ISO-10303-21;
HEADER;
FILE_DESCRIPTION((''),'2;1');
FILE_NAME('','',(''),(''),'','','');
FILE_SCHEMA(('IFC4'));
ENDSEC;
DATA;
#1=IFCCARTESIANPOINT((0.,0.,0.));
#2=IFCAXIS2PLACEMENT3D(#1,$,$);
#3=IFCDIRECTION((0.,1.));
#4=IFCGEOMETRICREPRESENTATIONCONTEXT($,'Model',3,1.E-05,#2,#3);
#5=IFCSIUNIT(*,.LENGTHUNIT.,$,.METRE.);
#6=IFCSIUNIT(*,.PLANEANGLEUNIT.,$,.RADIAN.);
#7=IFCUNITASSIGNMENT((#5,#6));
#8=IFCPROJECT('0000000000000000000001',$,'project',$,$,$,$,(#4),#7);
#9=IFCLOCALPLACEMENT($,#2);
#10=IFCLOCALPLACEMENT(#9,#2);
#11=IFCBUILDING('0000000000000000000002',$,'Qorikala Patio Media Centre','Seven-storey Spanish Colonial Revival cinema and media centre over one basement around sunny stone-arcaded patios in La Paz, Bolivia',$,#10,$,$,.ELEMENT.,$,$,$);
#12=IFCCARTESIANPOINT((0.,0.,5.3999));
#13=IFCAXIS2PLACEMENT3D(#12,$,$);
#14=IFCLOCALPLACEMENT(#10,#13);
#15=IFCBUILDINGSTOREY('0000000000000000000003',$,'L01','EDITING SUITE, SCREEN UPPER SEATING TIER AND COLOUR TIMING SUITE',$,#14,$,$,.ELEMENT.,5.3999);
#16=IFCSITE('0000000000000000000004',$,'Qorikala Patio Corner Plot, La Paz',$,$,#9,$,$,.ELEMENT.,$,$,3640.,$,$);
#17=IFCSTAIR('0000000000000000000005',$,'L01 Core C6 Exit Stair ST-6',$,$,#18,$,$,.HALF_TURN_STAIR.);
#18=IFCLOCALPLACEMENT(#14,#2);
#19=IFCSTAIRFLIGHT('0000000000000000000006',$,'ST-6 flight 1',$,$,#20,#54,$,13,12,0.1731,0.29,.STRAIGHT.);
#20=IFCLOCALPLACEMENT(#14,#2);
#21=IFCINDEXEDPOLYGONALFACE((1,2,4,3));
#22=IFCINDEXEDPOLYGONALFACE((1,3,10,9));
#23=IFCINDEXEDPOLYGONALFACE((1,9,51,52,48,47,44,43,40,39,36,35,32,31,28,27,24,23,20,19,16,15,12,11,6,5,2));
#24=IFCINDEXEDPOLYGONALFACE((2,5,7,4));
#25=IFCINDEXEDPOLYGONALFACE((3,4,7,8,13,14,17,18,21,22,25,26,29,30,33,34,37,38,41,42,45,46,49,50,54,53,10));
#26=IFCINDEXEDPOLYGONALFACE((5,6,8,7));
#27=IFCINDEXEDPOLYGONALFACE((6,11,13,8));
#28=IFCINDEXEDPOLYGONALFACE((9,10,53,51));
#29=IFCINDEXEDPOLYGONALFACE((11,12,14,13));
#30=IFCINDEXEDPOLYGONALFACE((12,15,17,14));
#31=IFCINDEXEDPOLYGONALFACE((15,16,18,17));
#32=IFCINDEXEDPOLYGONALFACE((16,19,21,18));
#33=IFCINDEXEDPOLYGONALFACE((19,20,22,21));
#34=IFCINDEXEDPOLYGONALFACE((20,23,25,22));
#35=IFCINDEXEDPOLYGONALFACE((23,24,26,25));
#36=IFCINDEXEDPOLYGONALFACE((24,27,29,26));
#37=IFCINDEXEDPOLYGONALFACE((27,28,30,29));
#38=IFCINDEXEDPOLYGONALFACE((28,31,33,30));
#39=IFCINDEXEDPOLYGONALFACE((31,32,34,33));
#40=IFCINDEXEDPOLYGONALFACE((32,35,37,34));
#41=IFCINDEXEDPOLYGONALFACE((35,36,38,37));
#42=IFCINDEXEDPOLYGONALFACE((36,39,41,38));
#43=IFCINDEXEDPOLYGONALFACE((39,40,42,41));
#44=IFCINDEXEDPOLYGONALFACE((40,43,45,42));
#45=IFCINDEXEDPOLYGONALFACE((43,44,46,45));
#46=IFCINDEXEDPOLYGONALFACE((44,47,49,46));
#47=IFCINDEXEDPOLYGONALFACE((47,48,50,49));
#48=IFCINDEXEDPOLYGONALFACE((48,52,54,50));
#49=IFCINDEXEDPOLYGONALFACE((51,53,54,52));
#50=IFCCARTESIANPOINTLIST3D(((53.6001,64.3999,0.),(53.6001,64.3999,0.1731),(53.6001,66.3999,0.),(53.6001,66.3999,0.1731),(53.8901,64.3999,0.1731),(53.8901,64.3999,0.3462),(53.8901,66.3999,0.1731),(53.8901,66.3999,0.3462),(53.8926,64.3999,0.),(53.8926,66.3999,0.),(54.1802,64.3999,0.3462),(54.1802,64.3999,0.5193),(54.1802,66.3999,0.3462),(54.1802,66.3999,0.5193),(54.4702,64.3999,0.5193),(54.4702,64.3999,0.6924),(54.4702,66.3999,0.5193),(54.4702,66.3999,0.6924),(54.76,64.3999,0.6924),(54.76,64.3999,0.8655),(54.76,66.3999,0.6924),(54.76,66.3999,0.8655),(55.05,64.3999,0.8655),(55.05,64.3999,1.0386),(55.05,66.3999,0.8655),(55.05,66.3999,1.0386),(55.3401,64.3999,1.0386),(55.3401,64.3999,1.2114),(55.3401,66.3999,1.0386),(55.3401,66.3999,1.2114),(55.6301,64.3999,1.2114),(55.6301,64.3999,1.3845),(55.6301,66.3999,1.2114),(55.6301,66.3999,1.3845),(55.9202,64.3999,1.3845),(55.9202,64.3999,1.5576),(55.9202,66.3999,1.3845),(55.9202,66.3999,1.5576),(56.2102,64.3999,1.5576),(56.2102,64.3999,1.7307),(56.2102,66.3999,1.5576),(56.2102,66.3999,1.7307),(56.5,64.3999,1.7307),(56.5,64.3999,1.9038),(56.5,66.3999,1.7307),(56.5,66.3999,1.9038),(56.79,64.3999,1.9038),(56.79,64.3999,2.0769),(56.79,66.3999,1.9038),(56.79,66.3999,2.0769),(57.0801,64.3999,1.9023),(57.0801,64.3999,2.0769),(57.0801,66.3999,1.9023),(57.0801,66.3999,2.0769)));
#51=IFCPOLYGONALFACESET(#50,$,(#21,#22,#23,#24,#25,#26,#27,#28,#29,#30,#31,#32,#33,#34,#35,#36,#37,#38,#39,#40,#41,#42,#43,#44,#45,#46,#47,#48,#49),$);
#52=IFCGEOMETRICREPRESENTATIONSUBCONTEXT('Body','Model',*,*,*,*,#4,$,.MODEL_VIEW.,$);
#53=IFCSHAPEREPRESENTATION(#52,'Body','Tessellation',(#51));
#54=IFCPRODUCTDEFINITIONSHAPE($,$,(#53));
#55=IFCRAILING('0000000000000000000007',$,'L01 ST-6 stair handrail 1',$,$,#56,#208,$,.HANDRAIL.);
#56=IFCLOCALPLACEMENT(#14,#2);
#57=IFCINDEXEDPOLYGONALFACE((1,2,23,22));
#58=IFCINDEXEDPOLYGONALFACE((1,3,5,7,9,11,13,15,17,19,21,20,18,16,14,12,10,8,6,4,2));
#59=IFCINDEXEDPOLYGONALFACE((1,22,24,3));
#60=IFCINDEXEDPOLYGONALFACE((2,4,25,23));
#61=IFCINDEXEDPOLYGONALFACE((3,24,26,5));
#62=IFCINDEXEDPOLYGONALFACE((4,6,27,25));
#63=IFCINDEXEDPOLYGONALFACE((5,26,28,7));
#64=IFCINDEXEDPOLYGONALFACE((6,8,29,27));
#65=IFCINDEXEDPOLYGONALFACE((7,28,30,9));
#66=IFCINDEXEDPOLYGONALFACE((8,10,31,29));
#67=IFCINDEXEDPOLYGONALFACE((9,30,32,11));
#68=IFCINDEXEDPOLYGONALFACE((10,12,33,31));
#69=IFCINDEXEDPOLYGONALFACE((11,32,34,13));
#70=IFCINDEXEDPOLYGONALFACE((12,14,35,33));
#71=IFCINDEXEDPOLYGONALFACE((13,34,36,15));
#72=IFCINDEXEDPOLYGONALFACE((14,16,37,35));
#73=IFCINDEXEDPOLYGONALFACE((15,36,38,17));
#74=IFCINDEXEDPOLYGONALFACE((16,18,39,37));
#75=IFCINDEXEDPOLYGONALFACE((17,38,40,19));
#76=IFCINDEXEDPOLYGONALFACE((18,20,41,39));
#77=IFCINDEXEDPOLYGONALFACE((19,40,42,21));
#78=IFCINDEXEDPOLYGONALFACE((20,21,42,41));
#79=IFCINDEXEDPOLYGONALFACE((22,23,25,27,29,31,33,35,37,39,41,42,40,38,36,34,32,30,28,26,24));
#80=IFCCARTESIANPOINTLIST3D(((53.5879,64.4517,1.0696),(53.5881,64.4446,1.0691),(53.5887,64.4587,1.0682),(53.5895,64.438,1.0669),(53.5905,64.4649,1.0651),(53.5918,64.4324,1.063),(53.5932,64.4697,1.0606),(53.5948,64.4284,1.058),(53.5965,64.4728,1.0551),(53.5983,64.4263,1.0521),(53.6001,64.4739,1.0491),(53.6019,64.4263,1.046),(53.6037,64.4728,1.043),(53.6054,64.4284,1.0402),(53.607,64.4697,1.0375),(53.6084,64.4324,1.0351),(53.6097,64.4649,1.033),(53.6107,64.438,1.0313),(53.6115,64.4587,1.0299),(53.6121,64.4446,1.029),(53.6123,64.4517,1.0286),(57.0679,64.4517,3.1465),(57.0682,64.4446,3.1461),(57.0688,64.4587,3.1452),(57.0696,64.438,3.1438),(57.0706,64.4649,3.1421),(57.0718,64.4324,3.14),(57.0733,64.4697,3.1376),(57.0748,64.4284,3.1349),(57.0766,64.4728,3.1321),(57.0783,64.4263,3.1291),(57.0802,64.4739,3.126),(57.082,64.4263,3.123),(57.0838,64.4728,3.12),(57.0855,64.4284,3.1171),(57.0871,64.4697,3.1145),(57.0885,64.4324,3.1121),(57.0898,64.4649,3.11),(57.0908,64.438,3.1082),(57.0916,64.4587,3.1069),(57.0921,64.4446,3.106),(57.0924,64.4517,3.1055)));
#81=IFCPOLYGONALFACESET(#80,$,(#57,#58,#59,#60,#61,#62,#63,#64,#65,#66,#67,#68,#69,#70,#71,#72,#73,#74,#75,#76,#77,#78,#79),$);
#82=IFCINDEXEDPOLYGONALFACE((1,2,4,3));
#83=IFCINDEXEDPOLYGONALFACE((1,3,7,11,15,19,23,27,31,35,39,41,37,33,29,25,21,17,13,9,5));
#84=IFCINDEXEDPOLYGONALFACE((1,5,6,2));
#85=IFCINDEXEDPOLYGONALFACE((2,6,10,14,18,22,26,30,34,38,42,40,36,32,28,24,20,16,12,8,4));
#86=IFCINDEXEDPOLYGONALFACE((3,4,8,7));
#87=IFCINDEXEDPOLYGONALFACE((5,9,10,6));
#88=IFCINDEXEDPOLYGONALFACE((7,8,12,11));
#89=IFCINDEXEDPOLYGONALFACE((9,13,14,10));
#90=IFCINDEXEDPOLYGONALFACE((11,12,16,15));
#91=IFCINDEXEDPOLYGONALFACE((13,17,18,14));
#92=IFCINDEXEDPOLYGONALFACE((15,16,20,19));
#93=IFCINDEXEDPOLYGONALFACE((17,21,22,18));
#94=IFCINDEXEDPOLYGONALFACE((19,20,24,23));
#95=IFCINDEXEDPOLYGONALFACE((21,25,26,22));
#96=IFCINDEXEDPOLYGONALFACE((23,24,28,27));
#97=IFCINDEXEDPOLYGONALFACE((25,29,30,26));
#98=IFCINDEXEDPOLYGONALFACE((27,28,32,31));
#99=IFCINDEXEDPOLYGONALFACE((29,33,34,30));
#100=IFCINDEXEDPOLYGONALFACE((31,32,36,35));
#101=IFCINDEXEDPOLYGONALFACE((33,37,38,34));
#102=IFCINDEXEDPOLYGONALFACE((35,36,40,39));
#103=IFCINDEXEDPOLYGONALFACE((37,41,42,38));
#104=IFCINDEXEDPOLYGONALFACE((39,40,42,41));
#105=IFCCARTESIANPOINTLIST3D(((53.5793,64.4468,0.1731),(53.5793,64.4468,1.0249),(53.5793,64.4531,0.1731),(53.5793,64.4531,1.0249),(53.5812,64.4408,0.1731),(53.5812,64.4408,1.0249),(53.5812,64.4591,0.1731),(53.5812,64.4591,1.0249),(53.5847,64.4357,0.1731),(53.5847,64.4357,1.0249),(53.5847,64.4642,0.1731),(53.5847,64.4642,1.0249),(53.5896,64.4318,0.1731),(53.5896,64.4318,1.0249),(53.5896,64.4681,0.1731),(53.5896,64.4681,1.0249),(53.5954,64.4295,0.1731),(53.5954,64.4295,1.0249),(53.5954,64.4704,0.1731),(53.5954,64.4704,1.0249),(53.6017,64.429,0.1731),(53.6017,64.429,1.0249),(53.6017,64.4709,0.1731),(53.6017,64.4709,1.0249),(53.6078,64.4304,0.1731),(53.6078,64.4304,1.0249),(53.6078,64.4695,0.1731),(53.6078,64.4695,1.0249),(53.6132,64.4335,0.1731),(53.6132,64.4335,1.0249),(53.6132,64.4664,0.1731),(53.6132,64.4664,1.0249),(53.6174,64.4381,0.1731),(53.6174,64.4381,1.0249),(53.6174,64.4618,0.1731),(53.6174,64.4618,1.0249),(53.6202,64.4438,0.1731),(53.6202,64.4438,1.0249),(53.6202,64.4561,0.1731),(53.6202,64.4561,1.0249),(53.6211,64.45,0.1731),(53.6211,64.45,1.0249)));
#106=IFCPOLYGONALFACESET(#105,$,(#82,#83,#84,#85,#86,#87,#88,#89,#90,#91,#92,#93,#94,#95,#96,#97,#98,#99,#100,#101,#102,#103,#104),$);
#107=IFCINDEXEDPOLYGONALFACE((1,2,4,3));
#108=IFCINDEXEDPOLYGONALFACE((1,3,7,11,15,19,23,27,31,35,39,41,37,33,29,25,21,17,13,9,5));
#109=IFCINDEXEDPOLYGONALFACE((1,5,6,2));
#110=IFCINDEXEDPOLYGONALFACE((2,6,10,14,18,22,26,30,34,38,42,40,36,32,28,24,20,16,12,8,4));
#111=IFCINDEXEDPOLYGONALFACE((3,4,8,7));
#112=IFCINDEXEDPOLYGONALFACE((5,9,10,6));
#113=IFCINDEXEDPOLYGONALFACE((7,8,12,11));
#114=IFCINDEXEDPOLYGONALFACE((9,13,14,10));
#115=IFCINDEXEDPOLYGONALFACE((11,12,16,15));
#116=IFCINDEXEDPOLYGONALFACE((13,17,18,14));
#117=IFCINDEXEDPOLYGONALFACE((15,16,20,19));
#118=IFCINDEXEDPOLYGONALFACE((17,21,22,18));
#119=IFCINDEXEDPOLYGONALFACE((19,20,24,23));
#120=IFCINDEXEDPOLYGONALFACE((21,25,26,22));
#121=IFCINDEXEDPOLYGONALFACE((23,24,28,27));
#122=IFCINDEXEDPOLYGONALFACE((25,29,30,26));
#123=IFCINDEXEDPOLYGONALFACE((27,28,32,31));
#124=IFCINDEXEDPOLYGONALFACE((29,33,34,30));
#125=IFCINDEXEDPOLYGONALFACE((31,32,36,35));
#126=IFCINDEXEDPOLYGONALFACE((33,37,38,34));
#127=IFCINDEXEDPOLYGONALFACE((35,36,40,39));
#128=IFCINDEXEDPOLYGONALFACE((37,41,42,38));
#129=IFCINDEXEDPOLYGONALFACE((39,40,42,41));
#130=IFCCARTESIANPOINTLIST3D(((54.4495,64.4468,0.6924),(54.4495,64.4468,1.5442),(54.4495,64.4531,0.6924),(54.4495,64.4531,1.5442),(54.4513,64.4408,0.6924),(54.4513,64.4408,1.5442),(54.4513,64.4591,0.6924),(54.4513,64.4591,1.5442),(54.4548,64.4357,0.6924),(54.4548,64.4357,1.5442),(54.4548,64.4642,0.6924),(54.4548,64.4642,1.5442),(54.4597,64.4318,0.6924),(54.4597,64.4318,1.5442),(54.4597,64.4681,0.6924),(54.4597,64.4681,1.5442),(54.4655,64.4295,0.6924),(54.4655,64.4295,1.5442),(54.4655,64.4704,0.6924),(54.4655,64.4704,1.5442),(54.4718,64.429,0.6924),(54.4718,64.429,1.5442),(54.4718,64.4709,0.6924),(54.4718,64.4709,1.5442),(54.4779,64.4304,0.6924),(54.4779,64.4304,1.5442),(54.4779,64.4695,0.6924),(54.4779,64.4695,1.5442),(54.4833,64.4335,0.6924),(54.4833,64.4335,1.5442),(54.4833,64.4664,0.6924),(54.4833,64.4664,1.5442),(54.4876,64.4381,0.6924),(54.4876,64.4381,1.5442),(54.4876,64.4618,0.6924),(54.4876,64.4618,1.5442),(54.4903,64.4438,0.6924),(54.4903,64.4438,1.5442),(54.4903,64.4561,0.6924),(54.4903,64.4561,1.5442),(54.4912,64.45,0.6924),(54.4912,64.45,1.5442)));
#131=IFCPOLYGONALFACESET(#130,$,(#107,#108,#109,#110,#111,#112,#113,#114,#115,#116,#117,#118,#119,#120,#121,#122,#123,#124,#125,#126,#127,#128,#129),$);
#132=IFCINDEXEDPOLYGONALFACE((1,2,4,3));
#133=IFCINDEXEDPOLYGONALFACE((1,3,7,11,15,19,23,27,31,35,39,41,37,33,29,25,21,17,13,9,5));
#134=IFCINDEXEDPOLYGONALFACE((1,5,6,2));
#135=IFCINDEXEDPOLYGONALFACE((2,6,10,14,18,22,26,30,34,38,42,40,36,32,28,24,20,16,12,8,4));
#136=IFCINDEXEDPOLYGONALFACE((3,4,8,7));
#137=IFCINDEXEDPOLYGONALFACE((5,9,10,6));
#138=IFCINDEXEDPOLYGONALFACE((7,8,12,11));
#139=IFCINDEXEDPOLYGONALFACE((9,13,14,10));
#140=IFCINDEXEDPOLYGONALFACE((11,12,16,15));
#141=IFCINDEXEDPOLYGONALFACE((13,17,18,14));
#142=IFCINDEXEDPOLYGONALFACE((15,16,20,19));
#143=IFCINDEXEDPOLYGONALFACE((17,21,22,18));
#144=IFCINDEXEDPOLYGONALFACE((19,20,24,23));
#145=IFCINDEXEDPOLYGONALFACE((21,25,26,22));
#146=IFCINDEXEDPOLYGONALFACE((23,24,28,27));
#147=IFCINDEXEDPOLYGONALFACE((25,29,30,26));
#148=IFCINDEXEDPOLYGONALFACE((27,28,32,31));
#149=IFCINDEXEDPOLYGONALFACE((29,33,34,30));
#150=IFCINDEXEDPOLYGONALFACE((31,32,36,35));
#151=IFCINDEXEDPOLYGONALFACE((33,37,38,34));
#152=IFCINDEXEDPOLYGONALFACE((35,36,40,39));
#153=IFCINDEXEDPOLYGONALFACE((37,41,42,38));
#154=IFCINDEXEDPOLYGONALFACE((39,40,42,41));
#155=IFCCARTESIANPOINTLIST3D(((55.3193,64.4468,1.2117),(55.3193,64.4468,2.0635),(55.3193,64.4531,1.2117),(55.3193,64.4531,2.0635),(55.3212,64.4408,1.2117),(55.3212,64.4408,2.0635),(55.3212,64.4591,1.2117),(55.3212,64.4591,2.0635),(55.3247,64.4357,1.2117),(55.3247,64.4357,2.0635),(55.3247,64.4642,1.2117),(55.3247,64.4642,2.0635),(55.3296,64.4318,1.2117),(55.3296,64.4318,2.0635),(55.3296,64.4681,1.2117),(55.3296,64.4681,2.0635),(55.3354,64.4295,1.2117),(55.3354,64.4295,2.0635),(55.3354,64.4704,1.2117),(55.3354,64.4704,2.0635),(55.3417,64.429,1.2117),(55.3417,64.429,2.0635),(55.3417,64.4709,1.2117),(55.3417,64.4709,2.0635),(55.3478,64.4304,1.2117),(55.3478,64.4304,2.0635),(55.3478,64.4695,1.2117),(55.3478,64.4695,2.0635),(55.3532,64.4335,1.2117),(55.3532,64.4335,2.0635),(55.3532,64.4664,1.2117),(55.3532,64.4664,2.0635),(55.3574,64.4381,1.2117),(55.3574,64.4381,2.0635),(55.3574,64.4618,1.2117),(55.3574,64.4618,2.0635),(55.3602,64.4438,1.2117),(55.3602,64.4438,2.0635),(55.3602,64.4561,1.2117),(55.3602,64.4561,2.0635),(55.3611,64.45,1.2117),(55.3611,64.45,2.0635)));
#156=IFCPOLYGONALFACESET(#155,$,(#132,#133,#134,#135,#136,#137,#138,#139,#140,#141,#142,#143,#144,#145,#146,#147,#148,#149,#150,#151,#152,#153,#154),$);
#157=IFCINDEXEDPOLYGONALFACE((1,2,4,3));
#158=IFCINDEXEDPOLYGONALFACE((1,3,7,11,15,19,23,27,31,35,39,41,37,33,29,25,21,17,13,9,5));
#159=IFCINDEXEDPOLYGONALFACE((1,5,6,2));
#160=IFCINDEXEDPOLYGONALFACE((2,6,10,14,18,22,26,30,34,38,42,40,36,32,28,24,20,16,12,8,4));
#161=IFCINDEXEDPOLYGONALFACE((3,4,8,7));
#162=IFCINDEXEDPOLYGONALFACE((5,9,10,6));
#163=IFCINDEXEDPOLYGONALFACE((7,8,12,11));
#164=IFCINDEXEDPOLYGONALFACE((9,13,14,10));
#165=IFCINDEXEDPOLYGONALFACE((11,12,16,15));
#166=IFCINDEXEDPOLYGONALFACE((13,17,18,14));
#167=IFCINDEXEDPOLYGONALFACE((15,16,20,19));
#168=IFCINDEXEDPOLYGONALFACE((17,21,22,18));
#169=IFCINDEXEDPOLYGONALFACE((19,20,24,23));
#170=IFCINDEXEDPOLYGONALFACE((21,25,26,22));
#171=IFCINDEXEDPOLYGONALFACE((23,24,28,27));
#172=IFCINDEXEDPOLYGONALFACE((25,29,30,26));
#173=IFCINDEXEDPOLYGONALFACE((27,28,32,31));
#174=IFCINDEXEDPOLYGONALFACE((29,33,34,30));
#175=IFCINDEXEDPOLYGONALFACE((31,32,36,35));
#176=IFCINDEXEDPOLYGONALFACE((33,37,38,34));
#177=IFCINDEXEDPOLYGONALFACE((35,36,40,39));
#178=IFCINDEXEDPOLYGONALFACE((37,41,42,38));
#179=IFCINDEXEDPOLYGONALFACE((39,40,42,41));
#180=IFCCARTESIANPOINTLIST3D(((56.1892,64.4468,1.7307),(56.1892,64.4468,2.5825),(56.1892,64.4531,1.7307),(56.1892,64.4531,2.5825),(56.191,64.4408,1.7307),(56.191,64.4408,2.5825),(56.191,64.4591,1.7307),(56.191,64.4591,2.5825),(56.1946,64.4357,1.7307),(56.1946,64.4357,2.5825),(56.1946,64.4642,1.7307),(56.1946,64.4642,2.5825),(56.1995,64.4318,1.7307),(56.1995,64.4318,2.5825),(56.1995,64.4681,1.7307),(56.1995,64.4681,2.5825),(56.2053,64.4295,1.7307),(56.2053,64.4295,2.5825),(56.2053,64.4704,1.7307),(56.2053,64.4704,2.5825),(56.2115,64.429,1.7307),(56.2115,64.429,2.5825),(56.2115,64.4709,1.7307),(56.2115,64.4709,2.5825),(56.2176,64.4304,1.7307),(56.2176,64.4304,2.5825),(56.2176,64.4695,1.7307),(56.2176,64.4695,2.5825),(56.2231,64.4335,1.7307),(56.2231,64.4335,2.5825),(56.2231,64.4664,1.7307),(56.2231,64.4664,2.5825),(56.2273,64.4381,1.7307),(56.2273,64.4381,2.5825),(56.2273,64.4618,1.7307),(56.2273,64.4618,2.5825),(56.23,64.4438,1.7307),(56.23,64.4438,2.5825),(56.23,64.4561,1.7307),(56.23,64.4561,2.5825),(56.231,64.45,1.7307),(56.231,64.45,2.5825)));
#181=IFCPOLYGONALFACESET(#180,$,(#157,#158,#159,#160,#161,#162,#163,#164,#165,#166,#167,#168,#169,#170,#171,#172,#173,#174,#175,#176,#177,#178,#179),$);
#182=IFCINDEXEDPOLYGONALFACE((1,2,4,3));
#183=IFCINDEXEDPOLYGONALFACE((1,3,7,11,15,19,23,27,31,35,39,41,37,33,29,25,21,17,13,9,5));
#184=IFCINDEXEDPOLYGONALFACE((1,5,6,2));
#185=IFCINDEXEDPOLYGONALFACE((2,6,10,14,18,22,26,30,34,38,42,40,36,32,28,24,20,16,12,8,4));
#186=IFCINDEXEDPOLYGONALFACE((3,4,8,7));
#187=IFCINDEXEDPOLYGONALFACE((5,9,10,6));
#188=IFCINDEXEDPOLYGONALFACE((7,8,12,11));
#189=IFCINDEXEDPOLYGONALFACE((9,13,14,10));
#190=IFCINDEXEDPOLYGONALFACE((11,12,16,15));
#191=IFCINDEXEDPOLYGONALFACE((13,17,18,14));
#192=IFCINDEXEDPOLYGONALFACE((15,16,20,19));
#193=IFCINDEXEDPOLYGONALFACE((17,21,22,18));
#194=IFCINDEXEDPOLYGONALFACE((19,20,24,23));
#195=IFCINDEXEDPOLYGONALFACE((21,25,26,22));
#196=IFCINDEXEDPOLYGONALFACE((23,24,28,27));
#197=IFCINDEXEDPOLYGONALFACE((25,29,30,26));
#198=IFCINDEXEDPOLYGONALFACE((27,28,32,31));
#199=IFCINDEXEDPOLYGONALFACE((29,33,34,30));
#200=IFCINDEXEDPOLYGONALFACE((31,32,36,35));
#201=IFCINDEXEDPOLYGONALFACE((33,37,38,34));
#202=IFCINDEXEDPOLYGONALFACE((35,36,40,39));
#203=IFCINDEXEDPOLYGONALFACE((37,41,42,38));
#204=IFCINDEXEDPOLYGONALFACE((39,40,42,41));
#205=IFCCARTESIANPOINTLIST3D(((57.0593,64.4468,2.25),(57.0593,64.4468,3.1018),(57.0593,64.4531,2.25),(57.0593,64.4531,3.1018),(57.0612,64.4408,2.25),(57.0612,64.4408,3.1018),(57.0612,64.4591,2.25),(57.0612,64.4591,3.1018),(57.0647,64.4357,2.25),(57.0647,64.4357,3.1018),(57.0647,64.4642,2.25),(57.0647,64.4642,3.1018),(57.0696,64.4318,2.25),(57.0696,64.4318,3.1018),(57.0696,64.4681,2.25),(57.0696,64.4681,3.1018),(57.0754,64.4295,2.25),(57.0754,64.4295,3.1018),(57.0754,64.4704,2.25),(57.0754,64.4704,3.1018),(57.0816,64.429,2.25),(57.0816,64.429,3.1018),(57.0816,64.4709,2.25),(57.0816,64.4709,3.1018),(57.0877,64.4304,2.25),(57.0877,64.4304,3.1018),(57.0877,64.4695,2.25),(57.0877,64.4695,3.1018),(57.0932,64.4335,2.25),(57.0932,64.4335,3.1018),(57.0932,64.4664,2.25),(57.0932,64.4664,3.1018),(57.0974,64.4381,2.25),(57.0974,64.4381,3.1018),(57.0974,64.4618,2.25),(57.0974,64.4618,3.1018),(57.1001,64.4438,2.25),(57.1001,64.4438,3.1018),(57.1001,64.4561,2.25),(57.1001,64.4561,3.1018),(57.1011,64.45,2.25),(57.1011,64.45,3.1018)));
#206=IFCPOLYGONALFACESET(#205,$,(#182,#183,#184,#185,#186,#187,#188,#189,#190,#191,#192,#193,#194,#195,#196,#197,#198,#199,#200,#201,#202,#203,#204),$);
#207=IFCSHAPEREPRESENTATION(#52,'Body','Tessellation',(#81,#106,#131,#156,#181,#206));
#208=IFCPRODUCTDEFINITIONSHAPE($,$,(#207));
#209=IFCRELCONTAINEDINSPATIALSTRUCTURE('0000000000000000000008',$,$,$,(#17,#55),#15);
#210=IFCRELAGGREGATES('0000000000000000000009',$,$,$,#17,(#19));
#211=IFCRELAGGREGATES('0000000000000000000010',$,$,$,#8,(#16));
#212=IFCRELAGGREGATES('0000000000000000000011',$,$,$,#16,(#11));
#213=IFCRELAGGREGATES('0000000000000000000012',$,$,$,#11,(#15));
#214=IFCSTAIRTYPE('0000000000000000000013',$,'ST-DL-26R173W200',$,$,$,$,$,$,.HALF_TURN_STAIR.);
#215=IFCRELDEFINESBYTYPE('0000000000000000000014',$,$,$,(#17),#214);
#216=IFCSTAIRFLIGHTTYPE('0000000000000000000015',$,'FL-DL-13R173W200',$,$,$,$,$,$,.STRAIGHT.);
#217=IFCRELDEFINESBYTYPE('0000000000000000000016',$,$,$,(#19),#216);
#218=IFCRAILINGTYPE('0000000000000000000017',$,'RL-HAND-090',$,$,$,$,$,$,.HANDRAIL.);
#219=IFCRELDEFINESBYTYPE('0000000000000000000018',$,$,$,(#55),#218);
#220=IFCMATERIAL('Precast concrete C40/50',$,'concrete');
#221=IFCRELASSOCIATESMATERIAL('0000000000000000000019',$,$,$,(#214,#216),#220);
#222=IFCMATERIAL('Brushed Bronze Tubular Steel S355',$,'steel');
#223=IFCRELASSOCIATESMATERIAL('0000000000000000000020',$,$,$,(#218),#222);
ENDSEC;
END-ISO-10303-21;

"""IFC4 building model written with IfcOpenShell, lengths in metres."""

from ifc_helpers import new_model, si_unit, direction, frame, origin, origin_2d, place, context, subcontext, project, spatial, polyline, circle, outline, extrude, material, type_object, element, aggregate, save


model = new_model("IFC4")

# Units and contexts
model_context = context("Model", 3, precision=1e-05, world=origin(), true_north=direction((0.0, 1.0)))
body_context = subcontext(model_context, "Body", "Model", "MODEL_VIEW")
ifc_project = project(units=[si_unit("LENGTHUNIT", "METRE"), si_unit("PLANEANGLEUNIT", "RADIAN")], contexts=[model_context])

# Site, building, storey
site_placement = place(None, origin())
site = spatial("IfcSite", under=ifc_project, at=site_placement, Name="Qorikala Patio Corner Plot, La Paz", CompositionType="ELEMENT", RefElevation=3640.0)
building_placement = place(site_placement, origin())
building = spatial("IfcBuilding", under=site, at=building_placement, Name="Qorikala Patio Media Centre", Description="Seven-storey Spanish Colonial Revival cinema and media centre over one basement around sunny stone-arcaded patios in La Paz, Bolivia", CompositionType="ELEMENT")
storey_placement = place(building_placement, frame((0.0, 0.0, 5.3999)))
storey = spatial("IfcBuildingStorey", under=building, at=storey_placement, Name="L01", Description="EDITING SUITE, SCREEN UPPER SEATING TIER AND COLOUR TIMING SUITE", CompositionType="ELEMENT", Elevation=5.3999)

# Stair, stair flight
ifc_material_1 = material(Name="Precast concrete C40/50", Category="concrete")
stair_type = type_object("IfcStairType", Name="ST-DL-26R173W200", PredefinedType="HALF_TURN_STAIR", material=ifc_material_1)
stair_placement = place(storey_placement, origin())
stair = element("IfcStair", 1, at=stair_placement, inside=storey, type_object=stair_type, Name="L01 Core C6 Exit Stair ST-6", PredefinedType="HALF_TURN_STAIR")
stair_flight_type = type_object("IfcStairFlightType", Name="FL-DL-13R173W200", PredefinedType="STRAIGHT", material=ifc_material_1)
stair_flight_placement = place(storey_placement, frame((53.6001, 65.3999, 0.0), z_axis=(0.0, 0.0, 1.0), x_axis=(1.0, 0.0, 0.0)))
stair_flight = element("IfcStairFlight", 2, at=stair_flight_placement, type_object=stair_flight_type, Name="ST-6 flight 1", NumberOfRisers=13, NumberOfTreads=12, PredefinedType="STRAIGHT", RiserHeight=0.1731, TreadLength=0.29, context=body_context, shape_type="SweptSolid", body=[
    extrude(outline(polyline([(0.0, 0.0), (0.0, 0.1731), (0.29, 0.1731), (0.29, 0.3462), (0.5801, 0.3462), (0.5801, 0.5193), (0.8701, 0.5193), (0.8701, 0.6924), (1.1599, 0.6924), (1.1599, 0.8655), (1.45, 0.8655), (1.45, 1.0386), (1.74, 1.0386), (1.74, 1.2114), (2.03, 1.2114), (2.03, 1.3845), (2.3201, 1.3845), (2.3201, 1.5576), (2.6101, 1.5576), (2.6101, 1.7307), (2.8999, 1.7307), (2.8999, 1.9038), (3.1899, 1.9038), (3.1899, 2.0769), (3.48, 2.0769), (3.48, 2.25), (3.48, 1.9023), (0.2925, 0.0), (0.0, 0.0)])), frame((0.0, 1.0, 0.0), z_axis=(0.0, -1.0, 0.0), x_axis=(1.0, 0.0, 0.0)), (0.0, 0.0, 1.0), 2.0),
])
aggregate(stair, [stair_flight])

# Railing
ifc_material_2 = material(Name="Brushed Bronze Tubular Steel S355", Category="steel")
railing_type = type_object("IfcRailingType", Name="RL-HAND-090", PredefinedType="HANDRAIL", material=ifc_material_2)
railing_placement = place(storey_placement, frame((53.6001, 64.45, 0.1731)))
element("IfcRailing", 3, at=railing_placement, inside=storey, type_object=railing_type, Name="L01 ST-6 stair handrail 1", PredefinedType="HANDRAIL", context=body_context, shape_type="SweptSolid", body=[
    extrude(circle(Radius=0.0239, at=origin_2d()), frame((0.0, 0.0, 0.876), z_axis=(0.858697, 0.0, 0.512483), x_axis=(0.0, 1.0, 0.0)), (0.0, 0.0, 1.0), 4.0527),
    extrude(circle(Radius=0.021, at=origin_2d()), origin(), (0.0, 0.0, 1.0), 0.8518),
    extrude(circle(Radius=0.021, at=origin_2d()), frame((0.8701, 0.0, 0.5193)), (0.0, 0.0, 1.0), 0.8518),
    extrude(circle(Radius=0.021, at=origin_2d()), frame((1.74, 0.0, 1.0386)), (0.0, 0.0, 1.0), 0.8518),
    extrude(circle(Radius=0.021, at=origin_2d()), frame((2.6099, 0.0, 1.5576)), (0.0, 0.0, 1.0), 0.8518),
    extrude(circle(Radius=0.021, at=origin_2d()), frame((3.48, 0.0, 2.0769)), (0.0, 0.0, 1.0), 0.8518),
])

save(model, "model.ifc")
